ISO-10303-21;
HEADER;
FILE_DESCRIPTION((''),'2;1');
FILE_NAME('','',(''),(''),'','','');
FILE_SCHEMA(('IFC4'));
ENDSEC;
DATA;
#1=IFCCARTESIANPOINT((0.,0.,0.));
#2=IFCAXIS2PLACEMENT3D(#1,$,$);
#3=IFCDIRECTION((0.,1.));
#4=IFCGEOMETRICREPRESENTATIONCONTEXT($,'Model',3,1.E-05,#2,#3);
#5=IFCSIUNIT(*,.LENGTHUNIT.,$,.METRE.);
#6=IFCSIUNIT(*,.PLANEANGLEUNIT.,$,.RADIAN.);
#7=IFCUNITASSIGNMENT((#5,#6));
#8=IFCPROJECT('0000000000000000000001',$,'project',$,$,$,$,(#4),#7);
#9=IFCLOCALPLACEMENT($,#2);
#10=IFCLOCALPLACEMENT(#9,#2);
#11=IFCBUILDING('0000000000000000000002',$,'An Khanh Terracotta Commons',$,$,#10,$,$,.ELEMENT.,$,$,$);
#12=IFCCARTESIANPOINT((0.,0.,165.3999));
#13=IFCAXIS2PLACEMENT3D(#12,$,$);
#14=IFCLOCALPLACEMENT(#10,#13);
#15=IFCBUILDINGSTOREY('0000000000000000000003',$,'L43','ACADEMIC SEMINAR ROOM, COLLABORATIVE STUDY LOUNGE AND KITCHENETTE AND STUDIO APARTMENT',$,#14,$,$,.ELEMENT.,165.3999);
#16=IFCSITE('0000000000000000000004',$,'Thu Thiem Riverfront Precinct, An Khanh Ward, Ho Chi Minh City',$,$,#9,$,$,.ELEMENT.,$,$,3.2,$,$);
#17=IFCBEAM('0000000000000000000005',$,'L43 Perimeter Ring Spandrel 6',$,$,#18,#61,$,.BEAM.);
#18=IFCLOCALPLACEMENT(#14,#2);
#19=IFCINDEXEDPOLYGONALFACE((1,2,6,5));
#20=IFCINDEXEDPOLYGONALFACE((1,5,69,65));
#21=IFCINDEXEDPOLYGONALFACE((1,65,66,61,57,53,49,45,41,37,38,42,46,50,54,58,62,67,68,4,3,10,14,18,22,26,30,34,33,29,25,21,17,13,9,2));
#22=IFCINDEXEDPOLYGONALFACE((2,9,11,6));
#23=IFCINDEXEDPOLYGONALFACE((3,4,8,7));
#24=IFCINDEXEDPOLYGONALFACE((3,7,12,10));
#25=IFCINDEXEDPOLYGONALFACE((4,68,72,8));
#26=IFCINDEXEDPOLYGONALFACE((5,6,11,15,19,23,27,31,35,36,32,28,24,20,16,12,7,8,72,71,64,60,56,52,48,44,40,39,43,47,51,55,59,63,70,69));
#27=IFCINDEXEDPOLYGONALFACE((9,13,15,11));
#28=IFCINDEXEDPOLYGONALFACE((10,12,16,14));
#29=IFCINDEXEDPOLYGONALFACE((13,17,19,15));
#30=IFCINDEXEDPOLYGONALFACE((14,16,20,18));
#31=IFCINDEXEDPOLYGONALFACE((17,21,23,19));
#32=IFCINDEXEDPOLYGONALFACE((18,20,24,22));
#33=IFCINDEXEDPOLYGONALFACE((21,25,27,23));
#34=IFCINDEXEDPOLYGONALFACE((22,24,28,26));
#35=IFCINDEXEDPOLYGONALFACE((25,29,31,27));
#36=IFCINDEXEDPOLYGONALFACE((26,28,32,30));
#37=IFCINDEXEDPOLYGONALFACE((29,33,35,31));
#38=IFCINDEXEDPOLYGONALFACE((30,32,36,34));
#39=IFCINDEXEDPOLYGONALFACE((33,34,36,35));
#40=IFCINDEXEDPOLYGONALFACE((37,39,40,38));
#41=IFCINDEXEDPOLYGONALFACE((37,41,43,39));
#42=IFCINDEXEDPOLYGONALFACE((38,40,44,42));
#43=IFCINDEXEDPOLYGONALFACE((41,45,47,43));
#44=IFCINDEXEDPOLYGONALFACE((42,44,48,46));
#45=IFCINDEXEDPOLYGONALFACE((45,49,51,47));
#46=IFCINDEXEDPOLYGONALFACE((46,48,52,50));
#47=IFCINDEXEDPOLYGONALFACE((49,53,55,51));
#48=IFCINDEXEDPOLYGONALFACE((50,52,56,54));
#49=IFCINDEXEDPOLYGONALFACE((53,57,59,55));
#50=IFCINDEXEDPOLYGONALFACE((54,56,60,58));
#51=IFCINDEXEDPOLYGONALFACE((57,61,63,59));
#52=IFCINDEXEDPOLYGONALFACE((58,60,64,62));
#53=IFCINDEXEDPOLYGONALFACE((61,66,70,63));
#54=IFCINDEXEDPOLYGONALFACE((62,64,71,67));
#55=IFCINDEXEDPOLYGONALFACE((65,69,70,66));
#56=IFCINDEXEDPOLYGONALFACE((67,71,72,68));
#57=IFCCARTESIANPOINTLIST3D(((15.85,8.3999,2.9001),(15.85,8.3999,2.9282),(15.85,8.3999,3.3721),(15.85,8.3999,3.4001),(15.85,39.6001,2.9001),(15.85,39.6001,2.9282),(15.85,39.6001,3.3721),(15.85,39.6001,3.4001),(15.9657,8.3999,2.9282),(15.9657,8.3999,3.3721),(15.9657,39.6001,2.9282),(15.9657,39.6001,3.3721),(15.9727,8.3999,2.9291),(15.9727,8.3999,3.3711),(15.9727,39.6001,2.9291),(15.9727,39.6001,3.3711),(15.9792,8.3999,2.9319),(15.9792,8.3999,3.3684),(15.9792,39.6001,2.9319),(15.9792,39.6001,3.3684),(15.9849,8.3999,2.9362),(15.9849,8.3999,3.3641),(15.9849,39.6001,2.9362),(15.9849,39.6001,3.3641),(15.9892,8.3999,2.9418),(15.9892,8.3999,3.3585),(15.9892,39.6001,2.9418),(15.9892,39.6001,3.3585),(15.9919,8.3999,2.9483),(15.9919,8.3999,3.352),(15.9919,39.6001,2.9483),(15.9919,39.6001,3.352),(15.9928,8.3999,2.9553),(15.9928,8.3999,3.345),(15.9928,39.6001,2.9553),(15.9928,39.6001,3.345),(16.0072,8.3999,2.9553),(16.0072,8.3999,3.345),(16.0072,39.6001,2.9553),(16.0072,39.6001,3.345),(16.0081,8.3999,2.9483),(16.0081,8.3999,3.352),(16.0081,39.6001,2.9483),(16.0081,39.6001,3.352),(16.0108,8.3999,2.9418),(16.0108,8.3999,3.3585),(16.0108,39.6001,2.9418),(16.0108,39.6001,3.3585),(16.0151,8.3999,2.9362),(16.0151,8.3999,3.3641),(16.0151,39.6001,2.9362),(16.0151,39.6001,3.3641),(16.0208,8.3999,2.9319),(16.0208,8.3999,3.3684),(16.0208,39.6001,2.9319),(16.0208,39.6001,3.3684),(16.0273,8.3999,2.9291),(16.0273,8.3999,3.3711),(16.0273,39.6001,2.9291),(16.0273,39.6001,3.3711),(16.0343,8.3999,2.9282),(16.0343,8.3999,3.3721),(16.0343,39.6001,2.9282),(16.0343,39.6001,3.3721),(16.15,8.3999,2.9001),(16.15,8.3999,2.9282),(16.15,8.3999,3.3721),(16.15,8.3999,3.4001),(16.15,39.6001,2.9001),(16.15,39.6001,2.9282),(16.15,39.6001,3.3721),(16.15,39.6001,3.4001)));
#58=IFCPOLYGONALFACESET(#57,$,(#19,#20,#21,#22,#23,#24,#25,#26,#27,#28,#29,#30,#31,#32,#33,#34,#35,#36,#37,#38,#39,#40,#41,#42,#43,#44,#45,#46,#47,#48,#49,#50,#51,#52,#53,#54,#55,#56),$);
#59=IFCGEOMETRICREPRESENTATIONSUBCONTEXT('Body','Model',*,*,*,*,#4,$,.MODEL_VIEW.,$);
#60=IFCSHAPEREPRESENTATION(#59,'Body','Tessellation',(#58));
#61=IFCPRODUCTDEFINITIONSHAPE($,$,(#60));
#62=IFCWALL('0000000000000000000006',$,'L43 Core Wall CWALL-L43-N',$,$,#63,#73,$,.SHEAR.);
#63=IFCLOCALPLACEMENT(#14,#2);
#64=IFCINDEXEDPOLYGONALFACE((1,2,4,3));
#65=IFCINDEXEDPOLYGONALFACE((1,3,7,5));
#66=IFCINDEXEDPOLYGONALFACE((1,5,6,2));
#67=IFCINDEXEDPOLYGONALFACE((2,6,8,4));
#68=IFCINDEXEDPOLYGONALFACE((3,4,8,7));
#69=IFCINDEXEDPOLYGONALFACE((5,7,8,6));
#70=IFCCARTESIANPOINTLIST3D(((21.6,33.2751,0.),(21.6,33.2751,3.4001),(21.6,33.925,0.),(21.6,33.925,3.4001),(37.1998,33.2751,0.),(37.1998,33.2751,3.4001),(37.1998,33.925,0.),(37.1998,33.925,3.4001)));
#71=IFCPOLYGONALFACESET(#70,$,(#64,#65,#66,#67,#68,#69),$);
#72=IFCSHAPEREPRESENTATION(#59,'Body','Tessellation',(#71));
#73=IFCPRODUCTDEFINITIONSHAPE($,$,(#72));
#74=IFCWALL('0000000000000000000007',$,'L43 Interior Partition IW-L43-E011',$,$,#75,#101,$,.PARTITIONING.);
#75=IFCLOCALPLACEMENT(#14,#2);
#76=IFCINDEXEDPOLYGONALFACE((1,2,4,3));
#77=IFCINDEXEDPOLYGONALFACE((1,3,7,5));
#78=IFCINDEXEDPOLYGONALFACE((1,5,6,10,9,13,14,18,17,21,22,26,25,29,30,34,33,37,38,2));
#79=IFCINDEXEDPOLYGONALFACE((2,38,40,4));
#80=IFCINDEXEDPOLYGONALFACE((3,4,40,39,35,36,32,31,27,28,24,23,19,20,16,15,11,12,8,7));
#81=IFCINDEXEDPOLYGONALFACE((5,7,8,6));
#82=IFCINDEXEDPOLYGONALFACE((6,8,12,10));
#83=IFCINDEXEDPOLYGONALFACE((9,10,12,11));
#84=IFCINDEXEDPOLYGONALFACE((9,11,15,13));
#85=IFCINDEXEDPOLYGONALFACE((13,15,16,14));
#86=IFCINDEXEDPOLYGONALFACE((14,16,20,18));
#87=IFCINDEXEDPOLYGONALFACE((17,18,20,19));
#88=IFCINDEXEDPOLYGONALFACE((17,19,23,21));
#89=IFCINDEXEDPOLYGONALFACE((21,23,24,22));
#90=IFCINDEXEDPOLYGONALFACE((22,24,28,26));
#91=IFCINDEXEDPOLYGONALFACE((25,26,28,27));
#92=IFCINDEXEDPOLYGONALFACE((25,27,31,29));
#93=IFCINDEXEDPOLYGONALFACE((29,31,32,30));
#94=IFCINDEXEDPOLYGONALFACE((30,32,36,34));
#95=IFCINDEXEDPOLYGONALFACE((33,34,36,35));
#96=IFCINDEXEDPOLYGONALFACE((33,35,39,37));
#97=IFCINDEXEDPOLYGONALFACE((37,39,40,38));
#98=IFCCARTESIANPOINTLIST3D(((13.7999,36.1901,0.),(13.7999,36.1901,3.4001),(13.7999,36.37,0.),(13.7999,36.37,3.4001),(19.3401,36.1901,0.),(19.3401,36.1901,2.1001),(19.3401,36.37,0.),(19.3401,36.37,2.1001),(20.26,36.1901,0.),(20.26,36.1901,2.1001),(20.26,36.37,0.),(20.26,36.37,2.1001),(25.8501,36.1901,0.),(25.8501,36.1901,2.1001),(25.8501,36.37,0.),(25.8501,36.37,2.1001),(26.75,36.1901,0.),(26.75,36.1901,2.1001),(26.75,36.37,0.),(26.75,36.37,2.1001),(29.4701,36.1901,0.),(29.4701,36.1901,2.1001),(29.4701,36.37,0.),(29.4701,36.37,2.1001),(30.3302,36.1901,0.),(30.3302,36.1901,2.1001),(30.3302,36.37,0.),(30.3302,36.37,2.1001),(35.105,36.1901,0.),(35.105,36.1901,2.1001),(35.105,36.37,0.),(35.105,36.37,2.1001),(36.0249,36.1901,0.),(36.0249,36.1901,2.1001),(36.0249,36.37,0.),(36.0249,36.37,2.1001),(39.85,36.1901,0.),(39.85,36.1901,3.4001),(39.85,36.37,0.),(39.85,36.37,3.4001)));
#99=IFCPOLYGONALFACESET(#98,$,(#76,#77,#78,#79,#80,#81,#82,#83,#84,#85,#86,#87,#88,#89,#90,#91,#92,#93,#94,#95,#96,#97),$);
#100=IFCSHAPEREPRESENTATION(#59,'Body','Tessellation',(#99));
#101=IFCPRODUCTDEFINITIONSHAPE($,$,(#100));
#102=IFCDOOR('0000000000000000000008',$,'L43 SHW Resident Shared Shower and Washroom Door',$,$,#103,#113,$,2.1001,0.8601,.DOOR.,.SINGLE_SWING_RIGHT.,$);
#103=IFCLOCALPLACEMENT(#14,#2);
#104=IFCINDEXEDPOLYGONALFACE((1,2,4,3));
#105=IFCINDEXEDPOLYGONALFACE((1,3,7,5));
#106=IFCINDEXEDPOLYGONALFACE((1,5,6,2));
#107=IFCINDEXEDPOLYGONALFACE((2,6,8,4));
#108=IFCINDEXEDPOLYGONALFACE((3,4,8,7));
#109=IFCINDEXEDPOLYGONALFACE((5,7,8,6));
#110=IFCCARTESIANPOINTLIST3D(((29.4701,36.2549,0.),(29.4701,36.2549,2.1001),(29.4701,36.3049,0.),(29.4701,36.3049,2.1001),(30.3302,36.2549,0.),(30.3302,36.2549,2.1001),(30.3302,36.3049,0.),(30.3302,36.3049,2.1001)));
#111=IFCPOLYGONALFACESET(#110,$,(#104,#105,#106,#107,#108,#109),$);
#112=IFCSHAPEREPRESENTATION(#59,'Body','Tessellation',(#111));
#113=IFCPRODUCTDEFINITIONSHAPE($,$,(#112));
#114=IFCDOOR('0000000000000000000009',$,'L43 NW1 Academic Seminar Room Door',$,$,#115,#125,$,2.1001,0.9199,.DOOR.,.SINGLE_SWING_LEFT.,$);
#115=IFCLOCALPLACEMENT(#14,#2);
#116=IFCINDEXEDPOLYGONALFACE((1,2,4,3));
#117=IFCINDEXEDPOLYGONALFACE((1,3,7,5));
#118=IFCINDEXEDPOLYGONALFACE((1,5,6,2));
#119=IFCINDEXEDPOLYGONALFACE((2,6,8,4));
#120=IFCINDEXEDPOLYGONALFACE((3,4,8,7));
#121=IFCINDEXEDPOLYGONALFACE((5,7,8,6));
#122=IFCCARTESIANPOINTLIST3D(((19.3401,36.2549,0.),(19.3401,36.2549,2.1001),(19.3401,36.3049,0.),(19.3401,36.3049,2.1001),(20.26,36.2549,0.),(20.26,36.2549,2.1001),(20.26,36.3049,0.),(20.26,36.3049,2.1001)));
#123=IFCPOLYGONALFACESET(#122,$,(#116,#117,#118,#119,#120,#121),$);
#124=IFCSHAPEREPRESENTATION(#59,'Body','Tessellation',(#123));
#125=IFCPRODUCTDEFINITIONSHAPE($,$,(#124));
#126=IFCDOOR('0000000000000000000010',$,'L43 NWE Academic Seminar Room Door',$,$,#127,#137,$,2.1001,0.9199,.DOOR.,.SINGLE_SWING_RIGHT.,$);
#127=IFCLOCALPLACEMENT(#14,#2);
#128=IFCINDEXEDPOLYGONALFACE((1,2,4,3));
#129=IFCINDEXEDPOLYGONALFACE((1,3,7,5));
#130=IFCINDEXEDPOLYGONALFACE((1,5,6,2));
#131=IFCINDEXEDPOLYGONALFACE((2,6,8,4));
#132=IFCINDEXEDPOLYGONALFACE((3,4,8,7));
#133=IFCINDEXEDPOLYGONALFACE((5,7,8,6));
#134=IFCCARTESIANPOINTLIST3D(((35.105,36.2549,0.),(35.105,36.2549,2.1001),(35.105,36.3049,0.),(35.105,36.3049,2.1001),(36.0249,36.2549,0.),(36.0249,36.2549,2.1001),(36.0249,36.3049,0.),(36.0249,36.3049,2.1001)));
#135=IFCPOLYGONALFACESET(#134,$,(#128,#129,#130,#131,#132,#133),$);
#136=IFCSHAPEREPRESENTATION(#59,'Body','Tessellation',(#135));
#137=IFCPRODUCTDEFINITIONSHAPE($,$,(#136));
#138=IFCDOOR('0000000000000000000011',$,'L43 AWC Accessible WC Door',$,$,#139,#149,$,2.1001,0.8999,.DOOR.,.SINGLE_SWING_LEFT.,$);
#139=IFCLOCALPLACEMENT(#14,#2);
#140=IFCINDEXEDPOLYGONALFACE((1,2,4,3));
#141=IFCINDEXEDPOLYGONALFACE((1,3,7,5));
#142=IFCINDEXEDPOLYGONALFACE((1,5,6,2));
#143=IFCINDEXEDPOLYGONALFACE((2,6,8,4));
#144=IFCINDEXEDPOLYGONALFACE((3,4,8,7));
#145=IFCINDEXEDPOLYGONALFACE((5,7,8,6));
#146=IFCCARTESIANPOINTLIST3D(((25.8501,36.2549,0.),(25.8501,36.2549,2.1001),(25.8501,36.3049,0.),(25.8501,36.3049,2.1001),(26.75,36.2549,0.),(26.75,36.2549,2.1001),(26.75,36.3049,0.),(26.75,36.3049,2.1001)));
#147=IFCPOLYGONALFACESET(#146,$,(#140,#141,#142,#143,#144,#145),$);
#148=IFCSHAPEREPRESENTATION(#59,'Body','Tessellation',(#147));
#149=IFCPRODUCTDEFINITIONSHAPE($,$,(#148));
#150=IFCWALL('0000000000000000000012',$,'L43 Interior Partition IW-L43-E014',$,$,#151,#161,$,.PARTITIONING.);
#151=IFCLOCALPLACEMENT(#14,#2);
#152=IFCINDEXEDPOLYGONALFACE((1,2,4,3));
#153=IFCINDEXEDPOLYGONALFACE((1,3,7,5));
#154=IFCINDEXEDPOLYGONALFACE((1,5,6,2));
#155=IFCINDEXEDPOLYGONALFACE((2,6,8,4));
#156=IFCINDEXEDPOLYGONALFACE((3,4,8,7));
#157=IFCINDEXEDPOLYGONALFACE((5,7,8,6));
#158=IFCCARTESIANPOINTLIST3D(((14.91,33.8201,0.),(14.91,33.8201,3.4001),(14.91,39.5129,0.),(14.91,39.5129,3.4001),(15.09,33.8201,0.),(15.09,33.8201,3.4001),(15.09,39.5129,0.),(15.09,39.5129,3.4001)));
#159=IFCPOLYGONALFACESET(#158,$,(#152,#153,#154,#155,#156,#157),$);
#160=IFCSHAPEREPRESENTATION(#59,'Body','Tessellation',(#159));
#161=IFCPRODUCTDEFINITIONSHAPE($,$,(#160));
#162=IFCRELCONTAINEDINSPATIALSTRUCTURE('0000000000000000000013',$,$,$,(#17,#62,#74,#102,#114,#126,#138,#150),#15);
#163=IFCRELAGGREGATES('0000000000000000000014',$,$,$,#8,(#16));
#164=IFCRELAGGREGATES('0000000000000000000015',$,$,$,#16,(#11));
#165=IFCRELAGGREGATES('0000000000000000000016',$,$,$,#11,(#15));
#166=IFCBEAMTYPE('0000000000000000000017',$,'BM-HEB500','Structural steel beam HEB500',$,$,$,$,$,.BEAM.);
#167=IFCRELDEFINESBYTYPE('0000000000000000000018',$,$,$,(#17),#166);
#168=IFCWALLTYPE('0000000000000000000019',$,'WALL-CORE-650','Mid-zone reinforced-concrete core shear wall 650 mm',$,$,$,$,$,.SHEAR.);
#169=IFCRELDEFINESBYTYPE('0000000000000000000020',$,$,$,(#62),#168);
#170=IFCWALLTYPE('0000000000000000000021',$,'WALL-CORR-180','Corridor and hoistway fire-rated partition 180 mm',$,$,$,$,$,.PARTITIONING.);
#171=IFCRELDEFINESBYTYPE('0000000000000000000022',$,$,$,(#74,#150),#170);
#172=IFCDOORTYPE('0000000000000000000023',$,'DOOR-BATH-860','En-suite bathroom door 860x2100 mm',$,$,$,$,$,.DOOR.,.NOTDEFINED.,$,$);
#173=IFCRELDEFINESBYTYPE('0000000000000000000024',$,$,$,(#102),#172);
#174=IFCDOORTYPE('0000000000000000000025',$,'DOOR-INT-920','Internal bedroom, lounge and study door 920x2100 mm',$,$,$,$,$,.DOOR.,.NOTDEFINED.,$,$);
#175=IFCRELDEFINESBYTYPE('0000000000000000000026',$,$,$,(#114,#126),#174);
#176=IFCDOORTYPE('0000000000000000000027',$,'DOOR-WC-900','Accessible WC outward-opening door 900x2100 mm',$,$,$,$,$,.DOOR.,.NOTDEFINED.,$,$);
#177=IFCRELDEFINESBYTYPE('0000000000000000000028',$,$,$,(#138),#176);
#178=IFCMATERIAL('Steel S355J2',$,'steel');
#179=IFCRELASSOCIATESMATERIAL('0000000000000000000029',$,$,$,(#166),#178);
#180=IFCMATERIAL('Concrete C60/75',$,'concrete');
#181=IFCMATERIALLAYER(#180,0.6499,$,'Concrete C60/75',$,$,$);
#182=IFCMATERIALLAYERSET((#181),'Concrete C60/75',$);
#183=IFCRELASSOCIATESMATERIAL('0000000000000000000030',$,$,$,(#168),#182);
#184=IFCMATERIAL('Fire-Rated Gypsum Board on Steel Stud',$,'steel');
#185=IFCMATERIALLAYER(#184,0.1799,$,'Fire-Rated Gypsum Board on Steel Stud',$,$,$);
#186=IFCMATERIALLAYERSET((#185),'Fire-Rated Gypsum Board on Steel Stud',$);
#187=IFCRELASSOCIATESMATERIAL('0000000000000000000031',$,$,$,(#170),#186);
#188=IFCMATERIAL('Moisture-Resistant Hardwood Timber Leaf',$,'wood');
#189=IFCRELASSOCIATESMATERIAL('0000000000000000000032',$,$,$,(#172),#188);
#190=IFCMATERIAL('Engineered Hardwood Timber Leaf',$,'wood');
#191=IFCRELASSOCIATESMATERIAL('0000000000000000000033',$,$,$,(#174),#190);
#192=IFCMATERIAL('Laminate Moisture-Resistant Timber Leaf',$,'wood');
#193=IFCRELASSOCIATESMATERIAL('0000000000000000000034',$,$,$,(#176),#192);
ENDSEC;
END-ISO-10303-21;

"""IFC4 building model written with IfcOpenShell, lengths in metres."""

from ifc_helpers import new_model, si_unit, direction, frame, frame_2d, origin, origin_2d, place, context, subcontext, project, spatial, rectangle, i_section, extrude, material, layer, layer_set, material_profile, profile_set, type_object, element, fill, save


model = new_model("IFC4")

# Units and contexts
model_context = context("Model", 3, precision=1e-05, world=origin(), true_north=direction((0.0, 1.0)))
body_context = subcontext(model_context, "Body", "Model", "MODEL_VIEW")
ifc_project = project(units=[si_unit("LENGTHUNIT", "METRE"), si_unit("PLANEANGLEUNIT", "RADIAN")], contexts=[model_context])

# Site, building, storey
site_placement = place(None, origin())
site = spatial("IfcSite", under=ifc_project, at=site_placement, Name="Thu Thiem Riverfront Precinct, An Khanh Ward, Ho Chi Minh City", CompositionType="ELEMENT", RefElevation=3.2)
building_placement = place(site_placement, origin())
building = spatial("IfcBuilding", under=site, at=building_placement, Name="An Khanh Terracotta Commons", CompositionType="ELEMENT")
storey_placement = place(building_placement, frame((0.0, 0.0, 165.3999)))
storey = spatial("IfcBuildingStorey", under=building, at=storey_placement, Name="L43", Description="ACADEMIC SEMINAR ROOM, COLLABORATIVE STUDY LOUNGE AND KITCHENETTE AND STUDIO APARTMENT", CompositionType="ELEMENT", Elevation=165.3999)

# Shared definitions
ifc_material_1 = material(Name="Concrete C60/75", Category="concrete")

# Beam
ifc_material_2 = material(Name="Steel S355J2", Category="steel")
ifc_material_profile_1 = material_profile(ifc_material_2, i_section(OverallWidth=0.3, OverallDepth=0.5, WebThickness=0.0144, FlangeThickness=0.0281, FilletRadius=0.0271, at=origin_2d()), Name="HEB500")
ifc_profile_set_1 = profile_set([ifc_material_profile_1], Name="Steel S355J2")
beam_type_1 = type_object("IfcBeamType", Name="BM-HEB500", Description="Structural steel beam HEB500", PredefinedType="BEAM", material=ifc_profile_set_1)
beam_1_placement = place(storey_placement, frame((16.0, 39.6001, 3.1501), z_axis=(0.0, -1.0, 0.0), x_axis=(1.0, 0.0, 0.0)))
element("IfcBeam", 1, at=beam_1_placement, inside=storey, type_object=beam_type_1, Name="L43 Perimeter Ring Spandrel 6", PredefinedType="BEAM", context=body_context, shape_type="SweptSolid", body=[
    extrude(i_section(OverallWidth=0.3, OverallDepth=0.5, WebThickness=0.0144, FlangeThickness=0.0281, FilletRadius=0.0271, at=origin_2d()), origin(), (0.0, 0.0, 1.0), 31.2002),
])

# Wall
ifc_layer_1 = layer(ifc_material_1, 0.6499, Name="Concrete C60/75")
ifc_layer_set_1 = layer_set([ifc_layer_1], Name="Concrete C60/75")
wall_type_1 = type_object("IfcWallType", Name="WALL-CORE-650", Description="Mid-zone reinforced-concrete core shear wall 650 mm", PredefinedType="SHEAR", material=ifc_layer_set_1)
wall_1_placement = place(storey_placement, frame((21.6001, 33.6001, 0.0), z_axis=(0.0, 0.0, 1.0), x_axis=(1.0, 0.0, 0.0)))
element("IfcWall", 2, at=wall_1_placement, inside=storey, type_object=wall_type_1, Name="L43 Core Wall CWALL-L43-N", PredefinedType="SHEAR", context=body_context, shape_type="SweptSolid", body=[
    extrude(rectangle(XDim=15.5999, YDim=0.6499, at=frame_2d((7.7998, 0.0))), origin(), (0.0, 0.0, 1.0), 3.4001),
])

# Wall, openings, doors
ifc_material_3 = material(Name="Fire-Rated Gypsum Board on Steel Stud", Category="steel")
ifc_layer_2 = layer(ifc_material_3, 0.1799, Name="Fire-Rated Gypsum Board on Steel Stud")
ifc_layer_set_2 = layer_set([ifc_layer_2], Name="Fire-Rated Gypsum Board on Steel Stud")
wall_type_2 = type_object("IfcWallType", Name="WALL-CORR-180", Description="Corridor and hoistway fire-rated partition 180 mm", PredefinedType="PARTITIONING", material=ifc_layer_set_2)
wall_2_placement = place(storey_placement, frame((13.8, 36.28, 0.0), z_axis=(0.0, 0.0, 1.0), x_axis=(1.0, 0.0, 0.0)))
wall_2 = element("IfcWall", 3, at=wall_2_placement, inside=storey, type_object=wall_type_2, Name="L43 Interior Partition IW-L43-E011", PredefinedType="PARTITIONING", context=body_context, shape_type="SweptSolid", body=[
    extrude(rectangle(XDim=26.05, YDim=0.1799, at=frame_2d((13.0249, 0.0))), origin(), (0.0, 0.0, 1.0), 3.4001),
])
opening_1_placement = place(wall_2_placement, frame((12.05, 0.0, 0.0)))
opening_1 = element("IfcOpeningElement", 4, at=opening_1_placement, cuts=wall_2, PredefinedType="OPENING", context=body_context, shape_type="SweptSolid", body=[
    extrude(rectangle(XDim=0.8999, YDim=2.1001, at=frame_2d((0.45, 1.05))), frame((0.0, 0.0999, 0.0), z_axis=(0.0, -1.0, 0.0), x_axis=(1.0, 0.0, 0.0)), (0.0, 0.0, 1.0), 0.2),
])
opening_2_placement = place(wall_2_placement, frame((15.6699, 0.0, 0.0)))
opening_2 = element("IfcOpeningElement", 5, at=opening_2_placement, cuts=wall_2, PredefinedType="OPENING", context=body_context, shape_type="SweptSolid", body=[
    extrude(rectangle(XDim=0.8601, YDim=2.1001, at=frame_2d((0.4302, 1.05))), frame((0.0, 0.0999, 0.0), z_axis=(0.0, -1.0, 0.0), x_axis=(1.0, 0.0, 0.0)), (0.0, 0.0, 1.0), 0.2),
])
opening_3_placement = place(wall_2_placement, frame((5.54, 0.0, 0.0)))
opening_3 = element("IfcOpeningElement", 6, at=opening_3_placement, cuts=wall_2, PredefinedType="OPENING", context=body_context, shape_type="SweptSolid", body=[
    extrude(rectangle(XDim=0.9199, YDim=2.1001, at=frame_2d((0.46, 1.05))), frame((0.0, 0.0999, 0.0), z_axis=(0.0, -1.0, 0.0), x_axis=(1.0, 0.0, 0.0)), (0.0, 0.0, 1.0), 0.2),
])
opening_4_placement = place(wall_2_placement, frame((21.3049, 0.0, 0.0)))
opening_4 = element("IfcOpeningElement", 7, at=opening_4_placement, cuts=wall_2, PredefinedType="OPENING", context=body_context, shape_type="SweptSolid", body=[
    extrude(rectangle(XDim=0.9199, YDim=2.1001, at=frame_2d((0.46, 1.05))), frame((0.0, 0.0999, 0.0), z_axis=(0.0, -1.0, 0.0), x_axis=(1.0, 0.0, 0.0)), (0.0, 0.0, 1.0), 0.2),
])
ifc_material_4 = material(Name="Moisture-Resistant Hardwood Timber Leaf", Category="wood")
door_type_1 = type_object("IfcDoorType", Name="DOOR-BATH-860", Description="En-suite bathroom door 860x2100 mm", OperationType="NOTDEFINED", PredefinedType="DOOR", material=ifc_material_4)
door_1_placement = place(opening_2_placement, origin())
door_1 = element("IfcDoor", 8, at=door_1_placement, inside=storey, type_object=door_type_1, Name="L43 SHW Resident Shared Shower and Washroom Door", OperationType="SINGLE_SWING_RIGHT", OverallHeight=2.1001, OverallWidth=0.8601, PredefinedType="DOOR", context=body_context, shape_type="SweptSolid", body=[
    extrude(rectangle(XDim=0.8601, YDim=2.1001, at=frame_2d((0.4302, 1.05))), frame((0.0, 0.0249, 0.0), z_axis=(0.0, -1.0, 0.0), x_axis=(1.0, 0.0, 0.0)), (0.0, 0.0, 1.0), 0.05),
])
fill(opening_2, door_1)
ifc_material_5 = material(Name="Engineered Hardwood Timber Leaf", Category="wood")
door_type_2 = type_object("IfcDoorType", Name="DOOR-INT-920", Description="Internal bedroom, lounge and study door 920x2100 mm", OperationType="NOTDEFINED", PredefinedType="DOOR", material=ifc_material_5)
door_2_placement = place(opening_3_placement, origin())
door_2 = element("IfcDoor", 9, at=door_2_placement, inside=storey, type_object=door_type_2, Name="L43 NW1 Academic Seminar Room Door", OperationType="SINGLE_SWING_LEFT", OverallHeight=2.1001, OverallWidth=0.9199, PredefinedType="DOOR", context=body_context, shape_type="SweptSolid", body=[
    extrude(rectangle(XDim=0.9199, YDim=2.1001, at=frame_2d((0.46, 1.05))), frame((0.0, 0.0249, 0.0), z_axis=(0.0, -1.0, 0.0), x_axis=(1.0, 0.0, 0.0)), (0.0, 0.0, 1.0), 0.05),
])
fill(opening_3, door_2)
door_3_placement = place(opening_4_placement, origin())
door_3 = element("IfcDoor", 10, at=door_3_placement, inside=storey, type_object=door_type_2, Name="L43 NWE Academic Seminar Room Door", OperationType="SINGLE_SWING_RIGHT", OverallHeight=2.1001, OverallWidth=0.9199, PredefinedType="DOOR", context=body_context, shape_type="SweptSolid", body=[
    extrude(rectangle(XDim=0.9199, YDim=2.1001, at=frame_2d((0.46, 1.05))), frame((0.0, 0.0249, 0.0), z_axis=(0.0, -1.0, 0.0), x_axis=(1.0, 0.0, 0.0)), (0.0, 0.0, 1.0), 0.05),
])
fill(opening_4, door_3)
ifc_material_6 = material(Name="Laminate Moisture-Resistant Timber Leaf", Category="wood")
door_type_3 = type_object("IfcDoorType", Name="DOOR-WC-900", Description="Accessible WC outward-opening door 900x2100 mm", OperationType="NOTDEFINED", PredefinedType="DOOR", material=ifc_material_6)
door_4_placement = place(opening_1_placement, origin())
door_4 = element("IfcDoor", 11, at=door_4_placement, inside=storey, type_object=door_type_3, Name="L43 AWC Accessible WC Door", OperationType="SINGLE_SWING_LEFT", OverallHeight=2.1001, OverallWidth=0.8999, PredefinedType="DOOR", context=body_context, shape_type="SweptSolid", body=[
    extrude(rectangle(XDim=0.8999, YDim=2.1001, at=frame_2d((0.45, 1.05))), frame((0.0, 0.0249, 0.0), z_axis=(0.0, -1.0, 0.0), x_axis=(1.0, 0.0, 0.0)), (0.0, 0.0, 1.0), 0.05),
])
fill(opening_1, door_4)

# Wall
wall_3_placement = place(storey_placement, frame((15.0, 33.8201, 0.0), z_axis=(0.0, 0.0, 1.0), x_axis=(0.0, 1.0, 0.0)))
element("IfcWall", 12, at=wall_3_placement, inside=storey, type_object=wall_type_2, Name="L43 Interior Partition IW-L43-E014", PredefinedType="PARTITIONING", context=body_context, shape_type="SweptSolid", body=[
    extrude(rectangle(XDim=5.6929, YDim=0.1799, at=frame_2d((2.8464, 0.0))), origin(), (0.0, 0.0, 1.0), 3.4001),
])

save(model, "model.ifc")
